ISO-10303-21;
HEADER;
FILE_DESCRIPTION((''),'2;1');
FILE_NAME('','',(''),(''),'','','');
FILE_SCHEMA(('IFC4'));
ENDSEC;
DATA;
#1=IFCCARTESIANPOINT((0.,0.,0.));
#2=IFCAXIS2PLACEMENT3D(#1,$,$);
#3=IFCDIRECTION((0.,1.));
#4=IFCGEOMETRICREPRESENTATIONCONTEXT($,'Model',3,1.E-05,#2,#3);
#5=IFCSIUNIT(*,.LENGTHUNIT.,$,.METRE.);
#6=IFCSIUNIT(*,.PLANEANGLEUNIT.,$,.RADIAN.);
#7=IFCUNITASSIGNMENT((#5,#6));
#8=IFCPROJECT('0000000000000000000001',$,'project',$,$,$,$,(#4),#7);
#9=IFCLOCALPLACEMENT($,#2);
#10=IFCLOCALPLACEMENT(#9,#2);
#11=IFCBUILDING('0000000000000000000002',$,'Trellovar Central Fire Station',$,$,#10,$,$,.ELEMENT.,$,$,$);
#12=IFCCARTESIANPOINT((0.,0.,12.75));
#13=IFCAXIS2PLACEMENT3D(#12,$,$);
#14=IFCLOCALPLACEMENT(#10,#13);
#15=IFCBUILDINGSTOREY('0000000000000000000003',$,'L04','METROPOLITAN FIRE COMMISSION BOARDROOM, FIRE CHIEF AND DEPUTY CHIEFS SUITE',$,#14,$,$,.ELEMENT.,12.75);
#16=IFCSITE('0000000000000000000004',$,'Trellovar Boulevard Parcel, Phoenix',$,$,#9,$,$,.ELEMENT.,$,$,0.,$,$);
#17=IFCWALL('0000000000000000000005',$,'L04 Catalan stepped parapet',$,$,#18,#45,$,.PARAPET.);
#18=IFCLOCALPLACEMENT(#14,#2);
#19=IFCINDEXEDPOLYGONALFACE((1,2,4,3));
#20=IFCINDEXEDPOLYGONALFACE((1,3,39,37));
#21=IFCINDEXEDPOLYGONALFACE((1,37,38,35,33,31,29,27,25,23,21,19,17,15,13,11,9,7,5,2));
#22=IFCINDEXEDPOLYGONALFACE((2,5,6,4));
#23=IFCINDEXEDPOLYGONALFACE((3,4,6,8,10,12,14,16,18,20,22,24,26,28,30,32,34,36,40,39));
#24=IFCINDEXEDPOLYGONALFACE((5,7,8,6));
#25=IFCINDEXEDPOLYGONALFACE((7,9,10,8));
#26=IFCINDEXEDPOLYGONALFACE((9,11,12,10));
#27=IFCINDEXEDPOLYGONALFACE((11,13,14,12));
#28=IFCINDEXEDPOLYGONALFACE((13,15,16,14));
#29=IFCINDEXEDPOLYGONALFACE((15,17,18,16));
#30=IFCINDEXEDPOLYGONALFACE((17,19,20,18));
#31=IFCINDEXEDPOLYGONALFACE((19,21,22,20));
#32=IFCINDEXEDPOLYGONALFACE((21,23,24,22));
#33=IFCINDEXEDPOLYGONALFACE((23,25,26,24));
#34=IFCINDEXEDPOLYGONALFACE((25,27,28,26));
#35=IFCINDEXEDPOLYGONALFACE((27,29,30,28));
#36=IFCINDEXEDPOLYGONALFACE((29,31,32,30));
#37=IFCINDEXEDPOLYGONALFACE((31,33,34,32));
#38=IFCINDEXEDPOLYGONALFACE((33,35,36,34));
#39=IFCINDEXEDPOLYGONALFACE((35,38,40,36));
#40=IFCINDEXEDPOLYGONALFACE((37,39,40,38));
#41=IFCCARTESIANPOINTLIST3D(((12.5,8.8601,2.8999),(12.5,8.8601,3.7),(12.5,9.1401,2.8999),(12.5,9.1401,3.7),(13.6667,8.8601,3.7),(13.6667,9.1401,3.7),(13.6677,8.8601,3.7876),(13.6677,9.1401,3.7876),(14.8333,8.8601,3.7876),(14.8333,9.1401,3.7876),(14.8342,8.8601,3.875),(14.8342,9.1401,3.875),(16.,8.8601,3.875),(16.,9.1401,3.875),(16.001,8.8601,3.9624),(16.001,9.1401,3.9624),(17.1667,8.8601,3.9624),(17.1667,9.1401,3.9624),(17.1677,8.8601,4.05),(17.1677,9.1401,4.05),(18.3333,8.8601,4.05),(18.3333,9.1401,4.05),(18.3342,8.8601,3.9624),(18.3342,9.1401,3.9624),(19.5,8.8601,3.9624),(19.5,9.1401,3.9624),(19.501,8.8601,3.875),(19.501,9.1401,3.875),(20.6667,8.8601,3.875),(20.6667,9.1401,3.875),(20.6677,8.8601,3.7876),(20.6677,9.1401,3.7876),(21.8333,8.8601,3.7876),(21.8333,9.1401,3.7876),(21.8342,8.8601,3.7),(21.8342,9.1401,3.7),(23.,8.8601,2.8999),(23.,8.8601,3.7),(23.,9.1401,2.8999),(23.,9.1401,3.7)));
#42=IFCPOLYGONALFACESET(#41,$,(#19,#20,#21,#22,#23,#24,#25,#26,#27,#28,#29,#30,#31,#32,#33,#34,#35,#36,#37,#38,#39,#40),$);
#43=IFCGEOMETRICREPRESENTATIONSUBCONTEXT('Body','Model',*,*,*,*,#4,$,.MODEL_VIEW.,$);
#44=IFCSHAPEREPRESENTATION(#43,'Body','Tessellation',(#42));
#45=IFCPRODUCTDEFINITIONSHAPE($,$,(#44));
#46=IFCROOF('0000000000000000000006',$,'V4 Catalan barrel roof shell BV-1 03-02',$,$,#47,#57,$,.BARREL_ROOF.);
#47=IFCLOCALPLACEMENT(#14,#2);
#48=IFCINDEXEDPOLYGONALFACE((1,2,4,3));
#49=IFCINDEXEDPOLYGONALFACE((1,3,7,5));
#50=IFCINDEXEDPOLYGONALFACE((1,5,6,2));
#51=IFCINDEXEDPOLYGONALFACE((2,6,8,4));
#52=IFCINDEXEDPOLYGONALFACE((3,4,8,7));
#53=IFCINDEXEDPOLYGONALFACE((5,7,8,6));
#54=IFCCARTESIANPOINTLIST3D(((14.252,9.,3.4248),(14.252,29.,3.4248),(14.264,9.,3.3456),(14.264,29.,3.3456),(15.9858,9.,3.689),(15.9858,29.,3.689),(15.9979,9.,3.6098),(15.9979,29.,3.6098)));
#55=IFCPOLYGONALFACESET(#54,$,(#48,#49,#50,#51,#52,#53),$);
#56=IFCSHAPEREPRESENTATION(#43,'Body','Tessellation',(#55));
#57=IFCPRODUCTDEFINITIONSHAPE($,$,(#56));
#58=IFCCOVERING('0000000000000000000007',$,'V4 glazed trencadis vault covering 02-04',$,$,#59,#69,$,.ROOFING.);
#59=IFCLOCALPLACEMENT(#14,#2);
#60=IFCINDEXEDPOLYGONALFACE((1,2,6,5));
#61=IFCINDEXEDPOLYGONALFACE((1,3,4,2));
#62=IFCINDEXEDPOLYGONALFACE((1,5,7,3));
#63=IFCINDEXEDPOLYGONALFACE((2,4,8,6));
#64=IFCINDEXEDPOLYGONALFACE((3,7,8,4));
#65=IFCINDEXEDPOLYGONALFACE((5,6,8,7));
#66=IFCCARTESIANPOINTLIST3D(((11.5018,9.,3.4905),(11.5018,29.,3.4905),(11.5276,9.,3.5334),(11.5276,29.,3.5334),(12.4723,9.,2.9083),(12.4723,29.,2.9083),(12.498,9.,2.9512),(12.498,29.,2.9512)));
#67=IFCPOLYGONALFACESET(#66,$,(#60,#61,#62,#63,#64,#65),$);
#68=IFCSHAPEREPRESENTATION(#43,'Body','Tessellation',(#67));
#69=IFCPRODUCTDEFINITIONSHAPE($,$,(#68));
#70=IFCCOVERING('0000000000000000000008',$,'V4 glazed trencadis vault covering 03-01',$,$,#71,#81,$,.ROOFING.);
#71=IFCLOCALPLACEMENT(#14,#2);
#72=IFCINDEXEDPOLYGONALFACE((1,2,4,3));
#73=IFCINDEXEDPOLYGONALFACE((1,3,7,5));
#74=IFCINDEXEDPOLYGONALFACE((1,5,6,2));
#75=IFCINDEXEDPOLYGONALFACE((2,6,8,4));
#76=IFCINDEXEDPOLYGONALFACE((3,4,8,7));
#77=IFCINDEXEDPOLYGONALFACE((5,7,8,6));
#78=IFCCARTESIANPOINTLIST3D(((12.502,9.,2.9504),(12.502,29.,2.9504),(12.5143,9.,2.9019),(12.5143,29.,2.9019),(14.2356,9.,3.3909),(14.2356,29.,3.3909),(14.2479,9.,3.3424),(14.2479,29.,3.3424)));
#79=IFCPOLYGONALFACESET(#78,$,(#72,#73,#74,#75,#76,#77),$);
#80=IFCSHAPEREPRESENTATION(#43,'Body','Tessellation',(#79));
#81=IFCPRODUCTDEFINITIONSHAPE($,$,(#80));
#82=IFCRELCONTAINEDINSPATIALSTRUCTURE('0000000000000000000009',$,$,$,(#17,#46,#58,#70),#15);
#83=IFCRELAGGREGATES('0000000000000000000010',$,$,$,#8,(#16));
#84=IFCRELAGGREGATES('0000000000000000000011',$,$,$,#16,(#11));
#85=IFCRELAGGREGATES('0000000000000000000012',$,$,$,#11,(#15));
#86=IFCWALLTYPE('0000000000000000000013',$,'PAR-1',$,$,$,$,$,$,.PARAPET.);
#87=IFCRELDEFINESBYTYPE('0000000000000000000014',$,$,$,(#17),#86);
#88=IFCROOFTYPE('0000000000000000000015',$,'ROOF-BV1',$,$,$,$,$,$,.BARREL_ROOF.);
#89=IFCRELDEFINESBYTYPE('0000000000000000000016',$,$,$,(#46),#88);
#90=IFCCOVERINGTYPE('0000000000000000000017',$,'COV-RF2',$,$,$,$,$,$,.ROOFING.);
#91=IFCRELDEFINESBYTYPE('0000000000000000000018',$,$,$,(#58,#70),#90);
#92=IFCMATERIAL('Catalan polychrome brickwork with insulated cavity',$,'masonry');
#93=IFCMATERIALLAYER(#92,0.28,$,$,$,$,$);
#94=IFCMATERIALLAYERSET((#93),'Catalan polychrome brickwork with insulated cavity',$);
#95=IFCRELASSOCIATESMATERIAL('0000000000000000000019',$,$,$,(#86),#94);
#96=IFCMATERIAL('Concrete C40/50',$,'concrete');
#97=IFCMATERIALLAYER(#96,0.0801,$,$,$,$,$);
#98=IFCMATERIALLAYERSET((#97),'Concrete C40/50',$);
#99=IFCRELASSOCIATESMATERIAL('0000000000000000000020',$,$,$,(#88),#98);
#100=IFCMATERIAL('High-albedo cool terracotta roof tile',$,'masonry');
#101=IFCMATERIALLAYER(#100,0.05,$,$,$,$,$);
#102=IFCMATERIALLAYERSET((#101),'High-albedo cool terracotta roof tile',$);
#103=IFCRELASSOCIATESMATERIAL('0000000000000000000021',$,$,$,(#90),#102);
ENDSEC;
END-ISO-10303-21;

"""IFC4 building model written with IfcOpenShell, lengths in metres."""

from ifc_helpers import new_model, si_unit, direction, frame, origin, place, context, subcontext, project, spatial, polyline, outline, extrude, material, layer, layer_set, type_object, element, save


model = new_model("IFC4")

# Units and contexts
model_context = context("Model", 3, precision=1e-05, world=origin(), true_north=direction((0.0, 1.0)))
body_context = subcontext(model_context, "Body", "Model", "MODEL_VIEW")
ifc_project = project(units=[si_unit("LENGTHUNIT", "METRE"), si_unit("PLANEANGLEUNIT", "RADIAN")], contexts=[model_context])

# Site, building, storey
site_placement = place(None, origin())
site = spatial("IfcSite", under=ifc_project, at=site_placement, Name="Trellovar Boulevard Parcel, Phoenix", CompositionType="ELEMENT", RefElevation=0.0)
building_placement = place(site_placement, origin())
building = spatial("IfcBuilding", under=site, at=building_placement, Name="Trellovar Central Fire Station", CompositionType="ELEMENT")
storey_placement = place(building_placement, frame((0.0, 0.0, 12.75)))
storey = spatial("IfcBuildingStorey", under=building, at=storey_placement, Name="L04", Description="METROPOLITAN FIRE COMMISSION BOARDROOM, FIRE CHIEF AND DEPUTY CHIEFS SUITE", CompositionType="ELEMENT", Elevation=12.75)

# Wall
ifc_material_1 = material(Name="Catalan polychrome brickwork with insulated cavity", Category="masonry")
ifc_layer_1 = layer(ifc_material_1, 0.28)
ifc_layer_set_1 = layer_set([ifc_layer_1], Name="Catalan polychrome brickwork with insulated cavity")
wall_type_1 = type_object("IfcWallType", Name="PAR-1", PredefinedType="PARAPET", material=ifc_layer_set_1)
wall_1_placement = place(storey_placement, frame((12.5, 9.0, 2.8999), z_axis=(0.0, 0.0, 1.0), x_axis=(1.0, 0.0, 0.0)))
element("IfcWall", 1, at=wall_1_placement, inside=storey, type_object=wall_type_1, Name="L04 Catalan stepped parapet", PredefinedType="PARAPET", context=body_context, shape_type="SweptSolid", body=[
    extrude(outline(polyline([(0.0, 0.0), (10.5, 0.0), (10.5, 0.8), (9.3342, 0.8), (9.3333, 0.8877), (8.1677, 0.8877), (8.1667, 0.9751), (7.001, 0.9751), (7.0, 1.0625), (5.8342, 1.0625), (5.8333, 1.1501), (4.6677, 1.1501), (4.6667, 1.0625), (3.501, 1.0625), (3.5, 0.9751), (2.3342, 0.9751), (2.3333, 0.8877), (1.1677, 0.8877), (1.1667, 0.8), (0.0, 0.8), (0.0, 0.0)])), frame((0.0, 0.1401, 0.0), z_axis=(0.0, -1.0, 0.0), x_axis=(1.0, 0.0, 0.0)), (0.0, 0.0, 1.0), 0.28),
])

# Roof
ifc_material_2 = material(Name="Concrete C40/50", Category="concrete")
ifc_layer_2 = layer(ifc_material_2, 0.0801)
ifc_layer_set_2 = layer_set([ifc_layer_2], Name="Concrete C40/50")
roof_type = type_object("IfcRoofType", Name="ROOF-BV1", PredefinedType="BARREL_ROOF", material=ifc_layer_set_2)
roof_placement = place(storey_placement, frame((14.252, 9.0, 3.4248), z_axis=(-0.150614, 0.0, 0.988593), x_axis=(0.988593, 0.0, 0.150614)))
element("IfcRoof", 2, at=roof_placement, inside=storey, type_object=roof_type, Name="V4 Catalan barrel roof shell BV-1 03-02", PredefinedType="BARREL_ROOF", context=body_context, shape_type="SweptSolid", body=[
    extrude(outline(polyline([(0.0, 0.0), (1.7539, 0.0), (1.7539, 20.0), (0.0, 20.0), (0.0, 0.0)])), origin(), (0.0, 0.0, -1.0), 0.0801),
])

# Coverings
ifc_material_3 = material(Name="High-albedo cool terracotta roof tile", Category="masonry")
ifc_layer_3 = layer(ifc_material_3, 0.05)
ifc_layer_set_3 = layer_set([ifc_layer_3], Name="High-albedo cool terracotta roof tile")
covering_type = type_object("IfcCoveringType", Name="COV-RF2", PredefinedType="ROOFING", material=ifc_layer_set_3)
covering_1_placement = place(storey_placement, frame((11.5276, 9.0, 3.5334), z_axis=(0.514496, 0.0, 0.857493), x_axis=(0.857493, 0.0, -0.514496)))
element("IfcCovering", 3, at=covering_1_placement, inside=storey, type_object=covering_type, Name="V4 glazed trencadis vault covering 02-04", PredefinedType="ROOFING", context=body_context, shape_type="SweptSolid", body=[
    extrude(outline(polyline([(0.0, 0.0), (1.1317, 0.0), (1.1317, 20.0), (0.0, 20.0), (0.0, 0.0)])), origin(), (0.0, 0.0, -1.0), 0.05),
])
covering_2_placement = place(storey_placement, frame((12.502, 9.0, 2.9504), z_axis=(-0.246227, 0.0, 0.969212), x_axis=(0.969212, 0.0, 0.246227)))
element("IfcCovering", 4, at=covering_2_placement, inside=storey, type_object=covering_type, Name="V4 glazed trencadis vault covering 03-01", PredefinedType="ROOFING", context=body_context, shape_type="SweptSolid", body=[
    extrude(outline(polyline([(0.0, 0.0), (1.7887, 0.0), (1.7887, 20.0), (0.0, 20.0), (0.0, 0.0)])), origin(), (0.0, 0.0, -1.0), 0.05),
])

save(model, "model.ifc")
